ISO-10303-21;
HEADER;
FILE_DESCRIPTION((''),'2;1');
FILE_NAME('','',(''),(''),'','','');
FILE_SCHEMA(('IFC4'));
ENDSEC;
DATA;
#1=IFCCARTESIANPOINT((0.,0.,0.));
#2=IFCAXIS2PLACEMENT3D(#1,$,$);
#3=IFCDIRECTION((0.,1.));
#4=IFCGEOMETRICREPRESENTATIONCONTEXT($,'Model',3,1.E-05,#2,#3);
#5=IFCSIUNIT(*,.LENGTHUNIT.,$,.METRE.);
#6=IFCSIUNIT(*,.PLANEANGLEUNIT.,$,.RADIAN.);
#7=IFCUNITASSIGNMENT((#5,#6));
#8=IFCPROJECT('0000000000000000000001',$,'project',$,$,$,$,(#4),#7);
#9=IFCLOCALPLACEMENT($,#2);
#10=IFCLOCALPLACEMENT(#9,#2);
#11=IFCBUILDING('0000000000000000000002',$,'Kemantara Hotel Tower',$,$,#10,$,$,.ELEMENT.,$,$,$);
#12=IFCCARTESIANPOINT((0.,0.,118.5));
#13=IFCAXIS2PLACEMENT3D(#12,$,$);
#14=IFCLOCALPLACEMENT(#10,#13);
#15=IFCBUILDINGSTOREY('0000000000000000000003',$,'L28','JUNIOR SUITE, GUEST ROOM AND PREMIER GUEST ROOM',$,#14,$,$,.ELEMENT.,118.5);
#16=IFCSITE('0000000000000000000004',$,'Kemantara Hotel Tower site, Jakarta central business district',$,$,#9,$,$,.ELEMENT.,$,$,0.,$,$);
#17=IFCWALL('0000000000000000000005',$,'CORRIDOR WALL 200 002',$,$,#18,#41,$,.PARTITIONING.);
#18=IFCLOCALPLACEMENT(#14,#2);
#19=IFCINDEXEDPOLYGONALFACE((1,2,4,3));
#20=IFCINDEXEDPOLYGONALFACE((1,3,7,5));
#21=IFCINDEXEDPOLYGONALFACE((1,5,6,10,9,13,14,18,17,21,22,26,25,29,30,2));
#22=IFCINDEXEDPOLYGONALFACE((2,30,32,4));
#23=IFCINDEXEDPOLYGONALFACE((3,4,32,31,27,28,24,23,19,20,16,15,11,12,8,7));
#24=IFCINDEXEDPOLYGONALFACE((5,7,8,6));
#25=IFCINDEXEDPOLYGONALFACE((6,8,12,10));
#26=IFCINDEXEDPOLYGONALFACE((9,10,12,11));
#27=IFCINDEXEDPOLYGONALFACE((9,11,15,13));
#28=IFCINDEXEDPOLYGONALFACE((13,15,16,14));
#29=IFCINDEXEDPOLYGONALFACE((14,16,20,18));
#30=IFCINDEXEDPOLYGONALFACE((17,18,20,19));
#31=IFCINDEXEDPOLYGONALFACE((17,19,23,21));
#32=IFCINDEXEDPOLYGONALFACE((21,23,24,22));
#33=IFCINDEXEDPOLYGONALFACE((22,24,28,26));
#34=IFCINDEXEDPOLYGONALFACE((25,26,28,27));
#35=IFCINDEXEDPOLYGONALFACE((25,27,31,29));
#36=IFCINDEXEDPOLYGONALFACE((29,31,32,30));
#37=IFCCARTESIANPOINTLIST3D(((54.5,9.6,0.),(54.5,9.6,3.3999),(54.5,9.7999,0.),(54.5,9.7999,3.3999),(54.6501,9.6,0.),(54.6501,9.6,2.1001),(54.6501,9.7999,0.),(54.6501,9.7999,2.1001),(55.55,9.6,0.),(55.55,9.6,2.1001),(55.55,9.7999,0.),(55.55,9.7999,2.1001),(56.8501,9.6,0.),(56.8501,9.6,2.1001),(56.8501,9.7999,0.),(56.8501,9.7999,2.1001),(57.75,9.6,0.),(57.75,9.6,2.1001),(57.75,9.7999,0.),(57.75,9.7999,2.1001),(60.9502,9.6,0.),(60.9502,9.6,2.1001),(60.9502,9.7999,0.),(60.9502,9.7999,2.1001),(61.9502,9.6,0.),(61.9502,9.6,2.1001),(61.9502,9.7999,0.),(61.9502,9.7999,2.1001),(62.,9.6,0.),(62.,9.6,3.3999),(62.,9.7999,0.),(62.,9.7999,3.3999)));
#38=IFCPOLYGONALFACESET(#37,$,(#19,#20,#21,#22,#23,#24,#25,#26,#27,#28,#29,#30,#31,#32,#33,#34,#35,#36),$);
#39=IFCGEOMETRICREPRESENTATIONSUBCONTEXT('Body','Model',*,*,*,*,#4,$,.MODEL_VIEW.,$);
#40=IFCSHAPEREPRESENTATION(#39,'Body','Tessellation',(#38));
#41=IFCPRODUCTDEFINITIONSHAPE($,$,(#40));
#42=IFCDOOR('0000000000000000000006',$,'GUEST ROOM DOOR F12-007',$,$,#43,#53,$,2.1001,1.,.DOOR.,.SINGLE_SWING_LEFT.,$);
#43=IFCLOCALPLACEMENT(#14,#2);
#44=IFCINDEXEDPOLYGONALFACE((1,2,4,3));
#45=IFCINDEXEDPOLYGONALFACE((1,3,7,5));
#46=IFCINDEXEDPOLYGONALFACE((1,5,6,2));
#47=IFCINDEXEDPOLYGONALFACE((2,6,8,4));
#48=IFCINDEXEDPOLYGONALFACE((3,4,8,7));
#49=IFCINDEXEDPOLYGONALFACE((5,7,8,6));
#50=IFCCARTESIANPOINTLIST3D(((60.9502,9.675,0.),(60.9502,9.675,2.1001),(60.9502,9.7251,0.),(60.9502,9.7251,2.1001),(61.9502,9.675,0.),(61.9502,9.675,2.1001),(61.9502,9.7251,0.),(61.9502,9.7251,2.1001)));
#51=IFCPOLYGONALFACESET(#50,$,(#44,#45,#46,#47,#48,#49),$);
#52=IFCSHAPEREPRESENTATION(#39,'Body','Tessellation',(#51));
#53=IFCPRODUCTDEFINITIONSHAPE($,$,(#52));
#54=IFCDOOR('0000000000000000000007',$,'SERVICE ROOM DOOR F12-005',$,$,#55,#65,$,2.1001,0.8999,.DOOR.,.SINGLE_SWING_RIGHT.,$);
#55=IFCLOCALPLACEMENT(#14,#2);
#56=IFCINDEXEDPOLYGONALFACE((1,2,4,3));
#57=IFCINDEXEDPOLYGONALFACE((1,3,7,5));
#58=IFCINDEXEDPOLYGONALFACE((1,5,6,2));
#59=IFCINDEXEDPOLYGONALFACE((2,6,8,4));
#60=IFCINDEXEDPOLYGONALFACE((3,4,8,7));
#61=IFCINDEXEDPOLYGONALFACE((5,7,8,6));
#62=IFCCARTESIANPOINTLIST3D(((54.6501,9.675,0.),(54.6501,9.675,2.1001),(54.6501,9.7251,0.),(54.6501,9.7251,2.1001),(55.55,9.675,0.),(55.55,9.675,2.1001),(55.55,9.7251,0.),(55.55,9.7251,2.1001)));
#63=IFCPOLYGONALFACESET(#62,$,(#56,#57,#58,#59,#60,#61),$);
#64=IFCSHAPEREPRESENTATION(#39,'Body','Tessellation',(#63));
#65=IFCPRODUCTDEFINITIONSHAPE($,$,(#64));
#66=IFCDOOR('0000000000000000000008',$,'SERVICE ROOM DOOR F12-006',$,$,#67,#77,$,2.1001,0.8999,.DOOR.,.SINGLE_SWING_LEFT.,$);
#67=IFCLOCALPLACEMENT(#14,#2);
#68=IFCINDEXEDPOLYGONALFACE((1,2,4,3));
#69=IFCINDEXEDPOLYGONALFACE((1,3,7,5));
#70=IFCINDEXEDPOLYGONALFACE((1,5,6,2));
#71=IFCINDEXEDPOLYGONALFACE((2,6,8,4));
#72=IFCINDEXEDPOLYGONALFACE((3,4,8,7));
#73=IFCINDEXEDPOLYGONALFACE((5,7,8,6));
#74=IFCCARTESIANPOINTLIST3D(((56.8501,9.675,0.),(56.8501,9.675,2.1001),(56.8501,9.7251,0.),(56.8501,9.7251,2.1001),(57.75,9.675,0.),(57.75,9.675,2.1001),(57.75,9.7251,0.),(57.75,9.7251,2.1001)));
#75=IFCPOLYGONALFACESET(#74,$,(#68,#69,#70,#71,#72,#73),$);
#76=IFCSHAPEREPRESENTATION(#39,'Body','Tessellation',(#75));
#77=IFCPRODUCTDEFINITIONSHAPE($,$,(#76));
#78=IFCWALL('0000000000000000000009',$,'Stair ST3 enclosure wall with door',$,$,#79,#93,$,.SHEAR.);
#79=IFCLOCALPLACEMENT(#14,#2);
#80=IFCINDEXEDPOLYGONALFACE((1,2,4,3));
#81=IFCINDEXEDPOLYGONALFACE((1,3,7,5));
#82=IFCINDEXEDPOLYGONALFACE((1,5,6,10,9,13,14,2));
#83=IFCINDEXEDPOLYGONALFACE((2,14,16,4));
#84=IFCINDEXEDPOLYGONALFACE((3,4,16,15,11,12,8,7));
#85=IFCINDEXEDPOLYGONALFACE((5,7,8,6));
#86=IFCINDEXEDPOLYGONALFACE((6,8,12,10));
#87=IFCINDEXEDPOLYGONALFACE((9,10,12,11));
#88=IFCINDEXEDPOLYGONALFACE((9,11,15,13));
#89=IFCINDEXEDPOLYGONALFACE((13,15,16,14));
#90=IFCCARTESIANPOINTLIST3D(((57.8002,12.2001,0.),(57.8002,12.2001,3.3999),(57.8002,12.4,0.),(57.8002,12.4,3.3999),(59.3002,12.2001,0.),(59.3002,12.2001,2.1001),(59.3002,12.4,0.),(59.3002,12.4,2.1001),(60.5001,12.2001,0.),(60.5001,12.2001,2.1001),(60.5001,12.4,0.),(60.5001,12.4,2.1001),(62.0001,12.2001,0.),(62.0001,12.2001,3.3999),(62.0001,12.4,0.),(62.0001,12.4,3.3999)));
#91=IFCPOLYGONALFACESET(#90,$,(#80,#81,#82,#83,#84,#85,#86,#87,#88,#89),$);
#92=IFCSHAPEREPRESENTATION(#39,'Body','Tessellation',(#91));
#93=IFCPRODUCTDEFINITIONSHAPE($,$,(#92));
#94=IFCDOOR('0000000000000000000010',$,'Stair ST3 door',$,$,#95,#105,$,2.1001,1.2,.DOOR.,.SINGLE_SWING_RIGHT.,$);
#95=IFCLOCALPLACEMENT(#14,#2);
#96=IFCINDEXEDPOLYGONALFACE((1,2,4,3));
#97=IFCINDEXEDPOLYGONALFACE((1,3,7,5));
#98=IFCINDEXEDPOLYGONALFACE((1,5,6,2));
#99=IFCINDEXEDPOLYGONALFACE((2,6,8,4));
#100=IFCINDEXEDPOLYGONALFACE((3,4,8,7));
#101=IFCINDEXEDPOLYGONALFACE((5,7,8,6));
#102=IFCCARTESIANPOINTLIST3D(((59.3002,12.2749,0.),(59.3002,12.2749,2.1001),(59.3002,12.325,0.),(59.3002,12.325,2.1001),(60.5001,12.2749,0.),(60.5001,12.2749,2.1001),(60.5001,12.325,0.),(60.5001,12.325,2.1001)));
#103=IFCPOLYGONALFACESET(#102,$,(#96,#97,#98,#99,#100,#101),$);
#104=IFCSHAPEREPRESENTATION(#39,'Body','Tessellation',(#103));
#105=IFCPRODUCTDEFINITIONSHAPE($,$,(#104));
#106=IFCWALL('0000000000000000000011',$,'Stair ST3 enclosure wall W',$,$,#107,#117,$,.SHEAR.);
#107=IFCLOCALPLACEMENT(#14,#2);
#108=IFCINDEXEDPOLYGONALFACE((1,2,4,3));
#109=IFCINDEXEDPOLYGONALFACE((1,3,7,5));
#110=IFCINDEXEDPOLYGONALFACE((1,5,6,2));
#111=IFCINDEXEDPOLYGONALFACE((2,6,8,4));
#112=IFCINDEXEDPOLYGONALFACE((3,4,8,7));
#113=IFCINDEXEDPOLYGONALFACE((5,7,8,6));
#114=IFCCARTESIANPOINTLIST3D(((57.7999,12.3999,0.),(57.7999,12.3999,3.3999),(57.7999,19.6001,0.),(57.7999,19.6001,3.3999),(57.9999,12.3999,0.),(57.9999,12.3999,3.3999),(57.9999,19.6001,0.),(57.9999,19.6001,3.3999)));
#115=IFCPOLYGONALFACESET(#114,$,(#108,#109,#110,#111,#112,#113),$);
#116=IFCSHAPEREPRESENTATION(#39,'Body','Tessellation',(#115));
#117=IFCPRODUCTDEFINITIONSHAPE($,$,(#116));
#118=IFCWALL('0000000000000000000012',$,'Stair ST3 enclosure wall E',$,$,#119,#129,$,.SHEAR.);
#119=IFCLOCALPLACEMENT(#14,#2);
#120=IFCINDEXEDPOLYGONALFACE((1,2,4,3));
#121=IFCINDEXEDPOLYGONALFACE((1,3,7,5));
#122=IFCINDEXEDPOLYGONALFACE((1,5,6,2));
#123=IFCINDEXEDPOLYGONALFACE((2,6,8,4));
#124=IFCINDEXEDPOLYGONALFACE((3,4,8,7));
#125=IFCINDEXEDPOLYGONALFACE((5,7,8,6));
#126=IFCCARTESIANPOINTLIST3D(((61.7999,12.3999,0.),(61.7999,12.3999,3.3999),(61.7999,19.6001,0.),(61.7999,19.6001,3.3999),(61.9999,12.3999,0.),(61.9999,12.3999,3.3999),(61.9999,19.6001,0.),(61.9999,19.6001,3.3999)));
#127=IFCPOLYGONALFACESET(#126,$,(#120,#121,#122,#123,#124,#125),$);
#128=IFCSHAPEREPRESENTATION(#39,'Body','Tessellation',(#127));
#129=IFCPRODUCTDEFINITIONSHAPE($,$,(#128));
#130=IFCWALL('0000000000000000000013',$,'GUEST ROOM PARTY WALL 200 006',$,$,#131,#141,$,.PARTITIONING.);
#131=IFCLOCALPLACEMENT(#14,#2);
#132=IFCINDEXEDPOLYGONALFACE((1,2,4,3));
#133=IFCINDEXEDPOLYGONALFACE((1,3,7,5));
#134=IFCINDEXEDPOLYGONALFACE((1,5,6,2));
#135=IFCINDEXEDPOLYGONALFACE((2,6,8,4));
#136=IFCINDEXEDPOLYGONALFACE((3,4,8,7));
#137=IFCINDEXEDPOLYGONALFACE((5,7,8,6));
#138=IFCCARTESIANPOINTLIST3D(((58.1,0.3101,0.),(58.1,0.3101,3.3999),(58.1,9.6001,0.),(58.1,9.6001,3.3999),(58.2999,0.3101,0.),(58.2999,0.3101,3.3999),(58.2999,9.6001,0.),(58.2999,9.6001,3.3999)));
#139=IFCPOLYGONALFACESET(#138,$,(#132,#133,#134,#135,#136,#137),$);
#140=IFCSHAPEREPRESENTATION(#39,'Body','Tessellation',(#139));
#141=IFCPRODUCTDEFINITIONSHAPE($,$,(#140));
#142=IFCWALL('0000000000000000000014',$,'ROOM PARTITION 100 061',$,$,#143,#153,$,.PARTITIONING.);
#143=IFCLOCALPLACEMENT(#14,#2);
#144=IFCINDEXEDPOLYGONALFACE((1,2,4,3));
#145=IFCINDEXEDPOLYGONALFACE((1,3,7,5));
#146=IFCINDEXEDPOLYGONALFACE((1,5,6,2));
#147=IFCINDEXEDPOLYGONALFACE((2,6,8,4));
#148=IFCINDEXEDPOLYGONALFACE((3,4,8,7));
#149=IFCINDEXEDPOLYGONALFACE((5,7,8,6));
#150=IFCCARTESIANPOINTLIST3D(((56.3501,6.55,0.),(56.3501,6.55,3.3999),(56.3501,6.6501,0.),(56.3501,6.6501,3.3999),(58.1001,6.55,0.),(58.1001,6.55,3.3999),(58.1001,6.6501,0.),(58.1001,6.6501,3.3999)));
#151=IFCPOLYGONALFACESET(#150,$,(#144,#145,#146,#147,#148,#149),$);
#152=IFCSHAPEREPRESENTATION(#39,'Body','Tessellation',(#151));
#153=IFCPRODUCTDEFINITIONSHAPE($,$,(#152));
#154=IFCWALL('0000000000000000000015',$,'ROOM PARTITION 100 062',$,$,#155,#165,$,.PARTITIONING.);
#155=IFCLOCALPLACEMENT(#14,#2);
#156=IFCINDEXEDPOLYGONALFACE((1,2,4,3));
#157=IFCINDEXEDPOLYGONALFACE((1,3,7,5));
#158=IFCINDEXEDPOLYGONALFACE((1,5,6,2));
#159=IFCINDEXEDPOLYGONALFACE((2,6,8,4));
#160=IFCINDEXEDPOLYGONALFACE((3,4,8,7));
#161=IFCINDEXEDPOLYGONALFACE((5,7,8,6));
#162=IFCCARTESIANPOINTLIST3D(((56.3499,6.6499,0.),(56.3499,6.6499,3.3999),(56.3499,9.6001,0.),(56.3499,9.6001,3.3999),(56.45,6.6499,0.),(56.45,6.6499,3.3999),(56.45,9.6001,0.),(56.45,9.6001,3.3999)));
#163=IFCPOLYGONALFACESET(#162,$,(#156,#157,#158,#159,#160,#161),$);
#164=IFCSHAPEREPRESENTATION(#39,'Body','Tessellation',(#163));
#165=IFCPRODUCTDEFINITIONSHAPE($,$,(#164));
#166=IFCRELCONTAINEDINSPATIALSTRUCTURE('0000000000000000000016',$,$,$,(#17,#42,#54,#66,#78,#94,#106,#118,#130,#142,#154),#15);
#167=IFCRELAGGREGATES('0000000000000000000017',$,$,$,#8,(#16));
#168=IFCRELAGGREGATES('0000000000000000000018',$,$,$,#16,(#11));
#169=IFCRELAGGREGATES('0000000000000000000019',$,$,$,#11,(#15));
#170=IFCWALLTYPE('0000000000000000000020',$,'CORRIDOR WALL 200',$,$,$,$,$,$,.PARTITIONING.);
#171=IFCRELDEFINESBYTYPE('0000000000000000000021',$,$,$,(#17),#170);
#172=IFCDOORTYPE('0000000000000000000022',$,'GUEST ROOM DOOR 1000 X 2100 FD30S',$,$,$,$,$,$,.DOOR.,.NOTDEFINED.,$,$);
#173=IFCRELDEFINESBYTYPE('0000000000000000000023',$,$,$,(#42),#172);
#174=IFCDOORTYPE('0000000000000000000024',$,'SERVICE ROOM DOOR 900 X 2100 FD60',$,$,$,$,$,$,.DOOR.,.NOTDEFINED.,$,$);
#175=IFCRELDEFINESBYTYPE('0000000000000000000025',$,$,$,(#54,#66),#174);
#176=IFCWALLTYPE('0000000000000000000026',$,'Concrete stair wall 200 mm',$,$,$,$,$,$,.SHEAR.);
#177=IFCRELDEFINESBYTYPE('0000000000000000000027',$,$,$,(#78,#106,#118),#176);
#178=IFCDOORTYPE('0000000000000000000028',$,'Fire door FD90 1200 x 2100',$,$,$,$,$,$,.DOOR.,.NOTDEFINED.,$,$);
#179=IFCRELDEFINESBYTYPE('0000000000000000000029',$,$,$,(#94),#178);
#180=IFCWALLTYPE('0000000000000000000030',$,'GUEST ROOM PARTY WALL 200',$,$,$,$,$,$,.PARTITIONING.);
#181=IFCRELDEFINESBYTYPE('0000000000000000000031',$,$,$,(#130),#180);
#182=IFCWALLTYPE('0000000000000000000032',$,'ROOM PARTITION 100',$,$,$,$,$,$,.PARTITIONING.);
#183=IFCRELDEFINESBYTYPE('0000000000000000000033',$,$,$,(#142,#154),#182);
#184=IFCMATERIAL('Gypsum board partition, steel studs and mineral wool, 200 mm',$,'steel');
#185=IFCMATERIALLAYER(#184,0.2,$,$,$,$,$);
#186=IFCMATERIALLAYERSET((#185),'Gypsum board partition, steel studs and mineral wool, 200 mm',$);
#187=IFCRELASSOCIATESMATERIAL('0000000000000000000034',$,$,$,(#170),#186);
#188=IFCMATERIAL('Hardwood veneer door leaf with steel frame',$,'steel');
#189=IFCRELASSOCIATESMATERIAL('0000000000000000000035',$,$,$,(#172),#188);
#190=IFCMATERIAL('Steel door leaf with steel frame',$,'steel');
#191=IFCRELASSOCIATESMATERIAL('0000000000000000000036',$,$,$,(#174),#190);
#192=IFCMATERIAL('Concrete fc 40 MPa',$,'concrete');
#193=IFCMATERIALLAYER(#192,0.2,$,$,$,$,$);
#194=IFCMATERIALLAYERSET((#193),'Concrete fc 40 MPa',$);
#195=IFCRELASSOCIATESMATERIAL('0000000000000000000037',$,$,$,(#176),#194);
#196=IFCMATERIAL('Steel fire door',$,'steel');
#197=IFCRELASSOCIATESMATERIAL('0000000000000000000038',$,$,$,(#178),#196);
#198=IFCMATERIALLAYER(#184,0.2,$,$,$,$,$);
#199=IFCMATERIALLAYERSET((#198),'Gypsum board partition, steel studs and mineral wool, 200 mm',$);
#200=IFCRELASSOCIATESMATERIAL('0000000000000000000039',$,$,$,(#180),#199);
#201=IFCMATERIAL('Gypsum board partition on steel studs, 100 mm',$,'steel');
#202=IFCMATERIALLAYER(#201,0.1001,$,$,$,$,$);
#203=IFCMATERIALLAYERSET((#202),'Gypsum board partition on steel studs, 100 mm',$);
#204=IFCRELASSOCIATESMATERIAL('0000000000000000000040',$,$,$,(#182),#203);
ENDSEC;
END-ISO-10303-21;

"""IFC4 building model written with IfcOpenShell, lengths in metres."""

from ifc_helpers import new_model, si_unit, direction, frame, frame_2d, origin, place, context, subcontext, project, spatial, rectangle, extrude, material, layer, layer_set, type_object, element, fill, save


model = new_model("IFC4")

# Units and contexts
model_context = context("Model", 3, precision=1e-05, world=origin(), true_north=direction((0.0, 1.0)))
body_context = subcontext(model_context, "Body", "Model", "MODEL_VIEW")
ifc_project = project(units=[si_unit("LENGTHUNIT", "METRE"), si_unit("PLANEANGLEUNIT", "RADIAN")], contexts=[model_context])

# Site, building, storey
site_placement = place(None, origin())
site = spatial("IfcSite", under=ifc_project, at=site_placement, Name="Kemantara Hotel Tower site, Jakarta central business district", CompositionType="ELEMENT", RefElevation=0.0)
building_placement = place(site_placement, origin())
building = spatial("IfcBuilding", under=site, at=building_placement, Name="Kemantara Hotel Tower", CompositionType="ELEMENT")
storey_placement = place(building_placement, frame((0.0, 0.0, 118.5)))
storey = spatial("IfcBuildingStorey", under=building, at=storey_placement, Name="L28", Description="JUNIOR SUITE, GUEST ROOM AND PREMIER GUEST ROOM", CompositionType="ELEMENT", Elevation=118.5)

# Wall, openings, doors
ifc_material_1 = material(Name="Gypsum board partition, steel studs and mineral wool, 200 mm", Category="steel")
ifc_layer_1 = layer(ifc_material_1, 0.2)
ifc_layer_set_1 = layer_set([ifc_layer_1], Name="Gypsum board partition, steel studs and mineral wool, 200 mm")
wall_type_1 = type_object("IfcWallType", Name="CORRIDOR WALL 200", PredefinedType="PARTITIONING", material=ifc_layer_set_1)
wall_1_placement = place(storey_placement, frame((62.0, 9.7, 0.0), z_axis=(0.0, 0.0, 1.0), x_axis=(-1.0, 0.0, 0.0)))
wall_1 = element("IfcWall", 1, at=wall_1_placement, inside=storey, type_object=wall_type_1, Name="CORRIDOR WALL 200 002", PredefinedType="PARTITIONING", context=body_context, shape_type="SweptSolid", body=[
    extrude(rectangle(XDim=7.5, YDim=0.2, at=frame_2d((3.75, 0.0))), origin(), (0.0, 0.0, 1.0), 3.3999),
])
opening_1_placement = place(wall_1_placement, frame((6.45, 0.0, 0.0)))
opening_1 = element("IfcOpeningElement", 2, at=opening_1_placement, cuts=wall_1, PredefinedType="OPENING", context=body_context, shape_type="SweptSolid", body=[
    extrude(rectangle(XDim=0.8999, YDim=2.1001, at=frame_2d((0.45, 1.05))), frame((0.0, 0.1099, 0.0), z_axis=(0.0, -1.0, 0.0), x_axis=(1.0, 0.0, 0.0)), (0.0, 0.0, 1.0), 0.22),
])
opening_2_placement = place(wall_1_placement, frame((4.25, 0.0, 0.0)))
opening_2 = element("IfcOpeningElement", 3, at=opening_2_placement, cuts=wall_1, PredefinedType="OPENING", context=body_context, shape_type="SweptSolid", body=[
    extrude(rectangle(XDim=0.8999, YDim=2.1001, at=frame_2d((0.45, 1.05))), frame((0.0, 0.1099, 0.0), z_axis=(0.0, -1.0, 0.0), x_axis=(1.0, 0.0, 0.0)), (0.0, 0.0, 1.0), 0.22),
])
opening_3_placement = place(wall_1_placement, frame((0.0498, 0.0, 0.0)))
opening_3 = element("IfcOpeningElement", 4, at=opening_3_placement, cuts=wall_1, PredefinedType="OPENING", context=body_context, shape_type="SweptSolid", body=[
    extrude(rectangle(XDim=1.0, YDim=2.1001, at=frame_2d((0.5, 1.05))), frame((0.0, 0.1099, 0.0), z_axis=(0.0, -1.0, 0.0), x_axis=(1.0, 0.0, 0.0)), (0.0, 0.0, 1.0), 0.22),
])
ifc_material_2 = material(Name="Hardwood veneer door leaf with steel frame", Category="steel")
door_type_1 = type_object("IfcDoorType", Name="GUEST ROOM DOOR 1000 X 2100 FD30S", OperationType="NOTDEFINED", PredefinedType="DOOR", material=ifc_material_2)
door_1_placement = place(opening_3_placement, origin())
door_1 = element("IfcDoor", 5, at=door_1_placement, inside=storey, type_object=door_type_1, Name="GUEST ROOM DOOR F12-007", OperationType="SINGLE_SWING_LEFT", OverallHeight=2.1001, OverallWidth=1.0, PredefinedType="DOOR", context=body_context, shape_type="SweptSolid", body=[
    extrude(rectangle(XDim=1.0, YDim=2.1001, at=frame_2d((0.5, 1.05))), frame((0.0, 0.0249, 0.0), z_axis=(0.0, -1.0, 0.0), x_axis=(1.0, 0.0, 0.0)), (0.0, 0.0, 1.0), 0.05),
])
fill(opening_3, door_1)
ifc_material_3 = material(Name="Steel door leaf with steel frame", Category="steel")
door_type_2 = type_object("IfcDoorType", Name="SERVICE ROOM DOOR 900 X 2100 FD60", OperationType="NOTDEFINED", PredefinedType="DOOR", material=ifc_material_3)
door_2_placement = place(opening_1_placement, origin())
door_2 = element("IfcDoor", 6, at=door_2_placement, inside=storey, type_object=door_type_2, Name="SERVICE ROOM DOOR F12-005", OperationType="SINGLE_SWING_RIGHT", OverallHeight=2.1001, OverallWidth=0.8999, PredefinedType="DOOR", context=body_context, shape_type="SweptSolid", body=[
    extrude(rectangle(XDim=0.8999, YDim=2.1001, at=frame_2d((0.45, 1.05))), frame((0.0, 0.0249, 0.0), z_axis=(0.0, -1.0, 0.0), x_axis=(1.0, 0.0, 0.0)), (0.0, 0.0, 1.0), 0.05),
])
fill(opening_1, door_2)
door_3_placement = place(opening_2_placement, origin())
door_3 = element("IfcDoor", 7, at=door_3_placement, inside=storey, type_object=door_type_2, Name="SERVICE ROOM DOOR F12-006", OperationType="SINGLE_SWING_LEFT", OverallHeight=2.1001, OverallWidth=0.8999, PredefinedType="DOOR", context=body_context, shape_type="SweptSolid", body=[
    extrude(rectangle(XDim=0.8999, YDim=2.1001, at=frame_2d((0.45, 1.05))), frame((0.0, 0.0249, 0.0), z_axis=(0.0, -1.0, 0.0), x_axis=(1.0, 0.0, 0.0)), (0.0, 0.0, 1.0), 0.05),
])
fill(opening_2, door_3)

# Wall, opening, door
ifc_material_4 = material(Name="Concrete fc 40 MPa", Category="concrete")
ifc_layer_2 = layer(ifc_material_4, 0.2)
ifc_layer_set_2 = layer_set([ifc_layer_2], Name="Concrete fc 40 MPa")
wall_type_2 = type_object("IfcWallType", Name="Concrete stair wall 200 mm", PredefinedType="SHEAR", material=ifc_layer_set_2)
wall_2_placement = place(storey_placement, frame((57.8, 12.3, 0.0), z_axis=(0.0, 0.0, 1.0), x_axis=(1.0, 0.0, 0.0)))
wall_2 = element("IfcWall", 8, at=wall_2_placement, inside=storey, type_object=wall_type_2, Name="Stair ST3 enclosure wall with door", PredefinedType="SHEAR", context=body_context, shape_type="SweptSolid", body=[
    extrude(rectangle(XDim=4.2, YDim=0.2, at=frame_2d((2.1001, 0.0))), origin(), (0.0, 0.0, 1.0), 3.3999),
])
opening_4_placement = place(wall_2_placement, frame((1.5, 0.0, 0.0)))
opening_4 = element("IfcOpeningElement", 9, at=opening_4_placement, cuts=wall_2, PredefinedType="OPENING", context=body_context, shape_type="SweptSolid", body=[
    extrude(rectangle(XDim=1.2, YDim=2.1001, at=frame_2d((0.6001, 1.05))), frame((0.0, 0.1099, 0.0), z_axis=(0.0, -1.0, 0.0), x_axis=(1.0, 0.0, 0.0)), (0.0, 0.0, 1.0), 0.22),
])
ifc_material_5 = material(Name="Steel fire door", Category="steel")
door_type_3 = type_object("IfcDoorType", Name="Fire door FD90 1200 x 2100", OperationType="NOTDEFINED", PredefinedType="DOOR", material=ifc_material_5)
door_4_placement = place(opening_4_placement, origin())
door_4 = element("IfcDoor", 10, at=door_4_placement, inside=storey, type_object=door_type_3, Name="Stair ST3 door", OperationType="SINGLE_SWING_RIGHT", OverallHeight=2.1001, OverallWidth=1.2, PredefinedType="DOOR", context=body_context, shape_type="SweptSolid", body=[
    extrude(rectangle(XDim=1.2, YDim=2.1001, at=frame_2d((0.6001, 1.05))), frame((0.0, 0.0249, 0.0), z_axis=(0.0, -1.0, 0.0), x_axis=(1.0, 0.0, 0.0)), (0.0, 0.0, 1.0), 0.05),
])
fill(opening_4, door_4)

# Walls
for number, where, z_axis, x_axis, name in (
    (11, (57.8999, 12.3999, 0.0), (0.0, 0.0, 1.0), (0.0, 1.0, 0.0), "Stair ST3 enclosure wall W"),
    (12, (61.8999, 12.3999, 0.0), (0.0, 0.0, 1.0), (0.0, 1.0, 0.0), "Stair ST3 enclosure wall E"),
):
    element("IfcWall", number, at=place(storey_placement, frame(where, z_axis=z_axis, x_axis=x_axis)), inside=storey, type_object=wall_type_2, Name=name, PredefinedType="SHEAR", context=body_context, shape_type="SweptSolid", body=[
        extrude(rectangle(XDim=7.2002, YDim=0.2, at=frame_2d((3.6001, 0.0))), origin(), (0.0, 0.0, 1.0), 3.3999),
    ])
ifc_layer_3 = layer(ifc_material_1, 0.2)
ifc_layer_set_3 = layer_set([ifc_layer_3], Name="Gypsum board partition, steel studs and mineral wool, 200 mm")
wall_type_3 = type_object("IfcWallType", Name="GUEST ROOM PARTY WALL 200", PredefinedType="PARTITIONING", material=ifc_layer_set_3)
wall_3_placement = place(storey_placement, frame((58.2, 0.3101, 0.0), z_axis=(0.0, 0.0, 1.0), x_axis=(0.0, 1.0, 0.0)))
element("IfcWall", 13, at=wall_3_placement, inside=storey, type_object=wall_type_3, Name="GUEST ROOM PARTY WALL 200 006", PredefinedType="PARTITIONING", context=body_context, shape_type="SweptSolid", body=[
    extrude(rectangle(XDim=9.29, YDim=0.2, at=frame_2d((4.645, 0.0))), origin(), (0.0, 0.0, 1.0), 3.3999),
])
ifc_material_6 = material(Name="Gypsum board partition on steel studs, 100 mm", Category="steel")
ifc_layer_4 = layer(ifc_material_6, 0.1001)
ifc_layer_set_4 = layer_set([ifc_layer_4], Name="Gypsum board partition on steel studs, 100 mm")
wall_type_4 = type_object("IfcWallType", Name="ROOM PARTITION 100", PredefinedType="PARTITIONING", material=ifc_layer_set_4)
wall_4_placement = place(storey_placement, frame((56.3501, 6.6001, 0.0), z_axis=(0.0, 0.0, 1.0), x_axis=(1.0, 0.0, 0.0)))
element("IfcWall", 14, at=wall_4_placement, inside=storey, type_object=wall_type_4, Name="ROOM PARTITION 100 061", PredefinedType="PARTITIONING", context=body_context, shape_type="SweptSolid", body=[
    extrude(rectangle(XDim=1.75, YDim=0.1001, at=frame_2d((0.875, 0.0))), origin(), (0.0, 0.0, 1.0), 3.3999),
])
wall_5_placement = place(storey_placement, frame((56.3999, 6.6499, 0.0), z_axis=(0.0, 0.0, 1.0), x_axis=(0.0, 1.0, 0.0)))
element("IfcWall", 15, at=wall_5_placement, inside=storey, type_object=wall_type_4, Name="ROOM PARTITION 100 062", PredefinedType="PARTITIONING", context=body_context, shape_type="SweptSolid", body=[
    extrude(rectangle(XDim=2.9502, YDim=0.1001, at=frame_2d((1.4751, 0.0))), origin(), (0.0, 0.0, 1.0), 3.3999),
])

save(model, "model.ifc")
